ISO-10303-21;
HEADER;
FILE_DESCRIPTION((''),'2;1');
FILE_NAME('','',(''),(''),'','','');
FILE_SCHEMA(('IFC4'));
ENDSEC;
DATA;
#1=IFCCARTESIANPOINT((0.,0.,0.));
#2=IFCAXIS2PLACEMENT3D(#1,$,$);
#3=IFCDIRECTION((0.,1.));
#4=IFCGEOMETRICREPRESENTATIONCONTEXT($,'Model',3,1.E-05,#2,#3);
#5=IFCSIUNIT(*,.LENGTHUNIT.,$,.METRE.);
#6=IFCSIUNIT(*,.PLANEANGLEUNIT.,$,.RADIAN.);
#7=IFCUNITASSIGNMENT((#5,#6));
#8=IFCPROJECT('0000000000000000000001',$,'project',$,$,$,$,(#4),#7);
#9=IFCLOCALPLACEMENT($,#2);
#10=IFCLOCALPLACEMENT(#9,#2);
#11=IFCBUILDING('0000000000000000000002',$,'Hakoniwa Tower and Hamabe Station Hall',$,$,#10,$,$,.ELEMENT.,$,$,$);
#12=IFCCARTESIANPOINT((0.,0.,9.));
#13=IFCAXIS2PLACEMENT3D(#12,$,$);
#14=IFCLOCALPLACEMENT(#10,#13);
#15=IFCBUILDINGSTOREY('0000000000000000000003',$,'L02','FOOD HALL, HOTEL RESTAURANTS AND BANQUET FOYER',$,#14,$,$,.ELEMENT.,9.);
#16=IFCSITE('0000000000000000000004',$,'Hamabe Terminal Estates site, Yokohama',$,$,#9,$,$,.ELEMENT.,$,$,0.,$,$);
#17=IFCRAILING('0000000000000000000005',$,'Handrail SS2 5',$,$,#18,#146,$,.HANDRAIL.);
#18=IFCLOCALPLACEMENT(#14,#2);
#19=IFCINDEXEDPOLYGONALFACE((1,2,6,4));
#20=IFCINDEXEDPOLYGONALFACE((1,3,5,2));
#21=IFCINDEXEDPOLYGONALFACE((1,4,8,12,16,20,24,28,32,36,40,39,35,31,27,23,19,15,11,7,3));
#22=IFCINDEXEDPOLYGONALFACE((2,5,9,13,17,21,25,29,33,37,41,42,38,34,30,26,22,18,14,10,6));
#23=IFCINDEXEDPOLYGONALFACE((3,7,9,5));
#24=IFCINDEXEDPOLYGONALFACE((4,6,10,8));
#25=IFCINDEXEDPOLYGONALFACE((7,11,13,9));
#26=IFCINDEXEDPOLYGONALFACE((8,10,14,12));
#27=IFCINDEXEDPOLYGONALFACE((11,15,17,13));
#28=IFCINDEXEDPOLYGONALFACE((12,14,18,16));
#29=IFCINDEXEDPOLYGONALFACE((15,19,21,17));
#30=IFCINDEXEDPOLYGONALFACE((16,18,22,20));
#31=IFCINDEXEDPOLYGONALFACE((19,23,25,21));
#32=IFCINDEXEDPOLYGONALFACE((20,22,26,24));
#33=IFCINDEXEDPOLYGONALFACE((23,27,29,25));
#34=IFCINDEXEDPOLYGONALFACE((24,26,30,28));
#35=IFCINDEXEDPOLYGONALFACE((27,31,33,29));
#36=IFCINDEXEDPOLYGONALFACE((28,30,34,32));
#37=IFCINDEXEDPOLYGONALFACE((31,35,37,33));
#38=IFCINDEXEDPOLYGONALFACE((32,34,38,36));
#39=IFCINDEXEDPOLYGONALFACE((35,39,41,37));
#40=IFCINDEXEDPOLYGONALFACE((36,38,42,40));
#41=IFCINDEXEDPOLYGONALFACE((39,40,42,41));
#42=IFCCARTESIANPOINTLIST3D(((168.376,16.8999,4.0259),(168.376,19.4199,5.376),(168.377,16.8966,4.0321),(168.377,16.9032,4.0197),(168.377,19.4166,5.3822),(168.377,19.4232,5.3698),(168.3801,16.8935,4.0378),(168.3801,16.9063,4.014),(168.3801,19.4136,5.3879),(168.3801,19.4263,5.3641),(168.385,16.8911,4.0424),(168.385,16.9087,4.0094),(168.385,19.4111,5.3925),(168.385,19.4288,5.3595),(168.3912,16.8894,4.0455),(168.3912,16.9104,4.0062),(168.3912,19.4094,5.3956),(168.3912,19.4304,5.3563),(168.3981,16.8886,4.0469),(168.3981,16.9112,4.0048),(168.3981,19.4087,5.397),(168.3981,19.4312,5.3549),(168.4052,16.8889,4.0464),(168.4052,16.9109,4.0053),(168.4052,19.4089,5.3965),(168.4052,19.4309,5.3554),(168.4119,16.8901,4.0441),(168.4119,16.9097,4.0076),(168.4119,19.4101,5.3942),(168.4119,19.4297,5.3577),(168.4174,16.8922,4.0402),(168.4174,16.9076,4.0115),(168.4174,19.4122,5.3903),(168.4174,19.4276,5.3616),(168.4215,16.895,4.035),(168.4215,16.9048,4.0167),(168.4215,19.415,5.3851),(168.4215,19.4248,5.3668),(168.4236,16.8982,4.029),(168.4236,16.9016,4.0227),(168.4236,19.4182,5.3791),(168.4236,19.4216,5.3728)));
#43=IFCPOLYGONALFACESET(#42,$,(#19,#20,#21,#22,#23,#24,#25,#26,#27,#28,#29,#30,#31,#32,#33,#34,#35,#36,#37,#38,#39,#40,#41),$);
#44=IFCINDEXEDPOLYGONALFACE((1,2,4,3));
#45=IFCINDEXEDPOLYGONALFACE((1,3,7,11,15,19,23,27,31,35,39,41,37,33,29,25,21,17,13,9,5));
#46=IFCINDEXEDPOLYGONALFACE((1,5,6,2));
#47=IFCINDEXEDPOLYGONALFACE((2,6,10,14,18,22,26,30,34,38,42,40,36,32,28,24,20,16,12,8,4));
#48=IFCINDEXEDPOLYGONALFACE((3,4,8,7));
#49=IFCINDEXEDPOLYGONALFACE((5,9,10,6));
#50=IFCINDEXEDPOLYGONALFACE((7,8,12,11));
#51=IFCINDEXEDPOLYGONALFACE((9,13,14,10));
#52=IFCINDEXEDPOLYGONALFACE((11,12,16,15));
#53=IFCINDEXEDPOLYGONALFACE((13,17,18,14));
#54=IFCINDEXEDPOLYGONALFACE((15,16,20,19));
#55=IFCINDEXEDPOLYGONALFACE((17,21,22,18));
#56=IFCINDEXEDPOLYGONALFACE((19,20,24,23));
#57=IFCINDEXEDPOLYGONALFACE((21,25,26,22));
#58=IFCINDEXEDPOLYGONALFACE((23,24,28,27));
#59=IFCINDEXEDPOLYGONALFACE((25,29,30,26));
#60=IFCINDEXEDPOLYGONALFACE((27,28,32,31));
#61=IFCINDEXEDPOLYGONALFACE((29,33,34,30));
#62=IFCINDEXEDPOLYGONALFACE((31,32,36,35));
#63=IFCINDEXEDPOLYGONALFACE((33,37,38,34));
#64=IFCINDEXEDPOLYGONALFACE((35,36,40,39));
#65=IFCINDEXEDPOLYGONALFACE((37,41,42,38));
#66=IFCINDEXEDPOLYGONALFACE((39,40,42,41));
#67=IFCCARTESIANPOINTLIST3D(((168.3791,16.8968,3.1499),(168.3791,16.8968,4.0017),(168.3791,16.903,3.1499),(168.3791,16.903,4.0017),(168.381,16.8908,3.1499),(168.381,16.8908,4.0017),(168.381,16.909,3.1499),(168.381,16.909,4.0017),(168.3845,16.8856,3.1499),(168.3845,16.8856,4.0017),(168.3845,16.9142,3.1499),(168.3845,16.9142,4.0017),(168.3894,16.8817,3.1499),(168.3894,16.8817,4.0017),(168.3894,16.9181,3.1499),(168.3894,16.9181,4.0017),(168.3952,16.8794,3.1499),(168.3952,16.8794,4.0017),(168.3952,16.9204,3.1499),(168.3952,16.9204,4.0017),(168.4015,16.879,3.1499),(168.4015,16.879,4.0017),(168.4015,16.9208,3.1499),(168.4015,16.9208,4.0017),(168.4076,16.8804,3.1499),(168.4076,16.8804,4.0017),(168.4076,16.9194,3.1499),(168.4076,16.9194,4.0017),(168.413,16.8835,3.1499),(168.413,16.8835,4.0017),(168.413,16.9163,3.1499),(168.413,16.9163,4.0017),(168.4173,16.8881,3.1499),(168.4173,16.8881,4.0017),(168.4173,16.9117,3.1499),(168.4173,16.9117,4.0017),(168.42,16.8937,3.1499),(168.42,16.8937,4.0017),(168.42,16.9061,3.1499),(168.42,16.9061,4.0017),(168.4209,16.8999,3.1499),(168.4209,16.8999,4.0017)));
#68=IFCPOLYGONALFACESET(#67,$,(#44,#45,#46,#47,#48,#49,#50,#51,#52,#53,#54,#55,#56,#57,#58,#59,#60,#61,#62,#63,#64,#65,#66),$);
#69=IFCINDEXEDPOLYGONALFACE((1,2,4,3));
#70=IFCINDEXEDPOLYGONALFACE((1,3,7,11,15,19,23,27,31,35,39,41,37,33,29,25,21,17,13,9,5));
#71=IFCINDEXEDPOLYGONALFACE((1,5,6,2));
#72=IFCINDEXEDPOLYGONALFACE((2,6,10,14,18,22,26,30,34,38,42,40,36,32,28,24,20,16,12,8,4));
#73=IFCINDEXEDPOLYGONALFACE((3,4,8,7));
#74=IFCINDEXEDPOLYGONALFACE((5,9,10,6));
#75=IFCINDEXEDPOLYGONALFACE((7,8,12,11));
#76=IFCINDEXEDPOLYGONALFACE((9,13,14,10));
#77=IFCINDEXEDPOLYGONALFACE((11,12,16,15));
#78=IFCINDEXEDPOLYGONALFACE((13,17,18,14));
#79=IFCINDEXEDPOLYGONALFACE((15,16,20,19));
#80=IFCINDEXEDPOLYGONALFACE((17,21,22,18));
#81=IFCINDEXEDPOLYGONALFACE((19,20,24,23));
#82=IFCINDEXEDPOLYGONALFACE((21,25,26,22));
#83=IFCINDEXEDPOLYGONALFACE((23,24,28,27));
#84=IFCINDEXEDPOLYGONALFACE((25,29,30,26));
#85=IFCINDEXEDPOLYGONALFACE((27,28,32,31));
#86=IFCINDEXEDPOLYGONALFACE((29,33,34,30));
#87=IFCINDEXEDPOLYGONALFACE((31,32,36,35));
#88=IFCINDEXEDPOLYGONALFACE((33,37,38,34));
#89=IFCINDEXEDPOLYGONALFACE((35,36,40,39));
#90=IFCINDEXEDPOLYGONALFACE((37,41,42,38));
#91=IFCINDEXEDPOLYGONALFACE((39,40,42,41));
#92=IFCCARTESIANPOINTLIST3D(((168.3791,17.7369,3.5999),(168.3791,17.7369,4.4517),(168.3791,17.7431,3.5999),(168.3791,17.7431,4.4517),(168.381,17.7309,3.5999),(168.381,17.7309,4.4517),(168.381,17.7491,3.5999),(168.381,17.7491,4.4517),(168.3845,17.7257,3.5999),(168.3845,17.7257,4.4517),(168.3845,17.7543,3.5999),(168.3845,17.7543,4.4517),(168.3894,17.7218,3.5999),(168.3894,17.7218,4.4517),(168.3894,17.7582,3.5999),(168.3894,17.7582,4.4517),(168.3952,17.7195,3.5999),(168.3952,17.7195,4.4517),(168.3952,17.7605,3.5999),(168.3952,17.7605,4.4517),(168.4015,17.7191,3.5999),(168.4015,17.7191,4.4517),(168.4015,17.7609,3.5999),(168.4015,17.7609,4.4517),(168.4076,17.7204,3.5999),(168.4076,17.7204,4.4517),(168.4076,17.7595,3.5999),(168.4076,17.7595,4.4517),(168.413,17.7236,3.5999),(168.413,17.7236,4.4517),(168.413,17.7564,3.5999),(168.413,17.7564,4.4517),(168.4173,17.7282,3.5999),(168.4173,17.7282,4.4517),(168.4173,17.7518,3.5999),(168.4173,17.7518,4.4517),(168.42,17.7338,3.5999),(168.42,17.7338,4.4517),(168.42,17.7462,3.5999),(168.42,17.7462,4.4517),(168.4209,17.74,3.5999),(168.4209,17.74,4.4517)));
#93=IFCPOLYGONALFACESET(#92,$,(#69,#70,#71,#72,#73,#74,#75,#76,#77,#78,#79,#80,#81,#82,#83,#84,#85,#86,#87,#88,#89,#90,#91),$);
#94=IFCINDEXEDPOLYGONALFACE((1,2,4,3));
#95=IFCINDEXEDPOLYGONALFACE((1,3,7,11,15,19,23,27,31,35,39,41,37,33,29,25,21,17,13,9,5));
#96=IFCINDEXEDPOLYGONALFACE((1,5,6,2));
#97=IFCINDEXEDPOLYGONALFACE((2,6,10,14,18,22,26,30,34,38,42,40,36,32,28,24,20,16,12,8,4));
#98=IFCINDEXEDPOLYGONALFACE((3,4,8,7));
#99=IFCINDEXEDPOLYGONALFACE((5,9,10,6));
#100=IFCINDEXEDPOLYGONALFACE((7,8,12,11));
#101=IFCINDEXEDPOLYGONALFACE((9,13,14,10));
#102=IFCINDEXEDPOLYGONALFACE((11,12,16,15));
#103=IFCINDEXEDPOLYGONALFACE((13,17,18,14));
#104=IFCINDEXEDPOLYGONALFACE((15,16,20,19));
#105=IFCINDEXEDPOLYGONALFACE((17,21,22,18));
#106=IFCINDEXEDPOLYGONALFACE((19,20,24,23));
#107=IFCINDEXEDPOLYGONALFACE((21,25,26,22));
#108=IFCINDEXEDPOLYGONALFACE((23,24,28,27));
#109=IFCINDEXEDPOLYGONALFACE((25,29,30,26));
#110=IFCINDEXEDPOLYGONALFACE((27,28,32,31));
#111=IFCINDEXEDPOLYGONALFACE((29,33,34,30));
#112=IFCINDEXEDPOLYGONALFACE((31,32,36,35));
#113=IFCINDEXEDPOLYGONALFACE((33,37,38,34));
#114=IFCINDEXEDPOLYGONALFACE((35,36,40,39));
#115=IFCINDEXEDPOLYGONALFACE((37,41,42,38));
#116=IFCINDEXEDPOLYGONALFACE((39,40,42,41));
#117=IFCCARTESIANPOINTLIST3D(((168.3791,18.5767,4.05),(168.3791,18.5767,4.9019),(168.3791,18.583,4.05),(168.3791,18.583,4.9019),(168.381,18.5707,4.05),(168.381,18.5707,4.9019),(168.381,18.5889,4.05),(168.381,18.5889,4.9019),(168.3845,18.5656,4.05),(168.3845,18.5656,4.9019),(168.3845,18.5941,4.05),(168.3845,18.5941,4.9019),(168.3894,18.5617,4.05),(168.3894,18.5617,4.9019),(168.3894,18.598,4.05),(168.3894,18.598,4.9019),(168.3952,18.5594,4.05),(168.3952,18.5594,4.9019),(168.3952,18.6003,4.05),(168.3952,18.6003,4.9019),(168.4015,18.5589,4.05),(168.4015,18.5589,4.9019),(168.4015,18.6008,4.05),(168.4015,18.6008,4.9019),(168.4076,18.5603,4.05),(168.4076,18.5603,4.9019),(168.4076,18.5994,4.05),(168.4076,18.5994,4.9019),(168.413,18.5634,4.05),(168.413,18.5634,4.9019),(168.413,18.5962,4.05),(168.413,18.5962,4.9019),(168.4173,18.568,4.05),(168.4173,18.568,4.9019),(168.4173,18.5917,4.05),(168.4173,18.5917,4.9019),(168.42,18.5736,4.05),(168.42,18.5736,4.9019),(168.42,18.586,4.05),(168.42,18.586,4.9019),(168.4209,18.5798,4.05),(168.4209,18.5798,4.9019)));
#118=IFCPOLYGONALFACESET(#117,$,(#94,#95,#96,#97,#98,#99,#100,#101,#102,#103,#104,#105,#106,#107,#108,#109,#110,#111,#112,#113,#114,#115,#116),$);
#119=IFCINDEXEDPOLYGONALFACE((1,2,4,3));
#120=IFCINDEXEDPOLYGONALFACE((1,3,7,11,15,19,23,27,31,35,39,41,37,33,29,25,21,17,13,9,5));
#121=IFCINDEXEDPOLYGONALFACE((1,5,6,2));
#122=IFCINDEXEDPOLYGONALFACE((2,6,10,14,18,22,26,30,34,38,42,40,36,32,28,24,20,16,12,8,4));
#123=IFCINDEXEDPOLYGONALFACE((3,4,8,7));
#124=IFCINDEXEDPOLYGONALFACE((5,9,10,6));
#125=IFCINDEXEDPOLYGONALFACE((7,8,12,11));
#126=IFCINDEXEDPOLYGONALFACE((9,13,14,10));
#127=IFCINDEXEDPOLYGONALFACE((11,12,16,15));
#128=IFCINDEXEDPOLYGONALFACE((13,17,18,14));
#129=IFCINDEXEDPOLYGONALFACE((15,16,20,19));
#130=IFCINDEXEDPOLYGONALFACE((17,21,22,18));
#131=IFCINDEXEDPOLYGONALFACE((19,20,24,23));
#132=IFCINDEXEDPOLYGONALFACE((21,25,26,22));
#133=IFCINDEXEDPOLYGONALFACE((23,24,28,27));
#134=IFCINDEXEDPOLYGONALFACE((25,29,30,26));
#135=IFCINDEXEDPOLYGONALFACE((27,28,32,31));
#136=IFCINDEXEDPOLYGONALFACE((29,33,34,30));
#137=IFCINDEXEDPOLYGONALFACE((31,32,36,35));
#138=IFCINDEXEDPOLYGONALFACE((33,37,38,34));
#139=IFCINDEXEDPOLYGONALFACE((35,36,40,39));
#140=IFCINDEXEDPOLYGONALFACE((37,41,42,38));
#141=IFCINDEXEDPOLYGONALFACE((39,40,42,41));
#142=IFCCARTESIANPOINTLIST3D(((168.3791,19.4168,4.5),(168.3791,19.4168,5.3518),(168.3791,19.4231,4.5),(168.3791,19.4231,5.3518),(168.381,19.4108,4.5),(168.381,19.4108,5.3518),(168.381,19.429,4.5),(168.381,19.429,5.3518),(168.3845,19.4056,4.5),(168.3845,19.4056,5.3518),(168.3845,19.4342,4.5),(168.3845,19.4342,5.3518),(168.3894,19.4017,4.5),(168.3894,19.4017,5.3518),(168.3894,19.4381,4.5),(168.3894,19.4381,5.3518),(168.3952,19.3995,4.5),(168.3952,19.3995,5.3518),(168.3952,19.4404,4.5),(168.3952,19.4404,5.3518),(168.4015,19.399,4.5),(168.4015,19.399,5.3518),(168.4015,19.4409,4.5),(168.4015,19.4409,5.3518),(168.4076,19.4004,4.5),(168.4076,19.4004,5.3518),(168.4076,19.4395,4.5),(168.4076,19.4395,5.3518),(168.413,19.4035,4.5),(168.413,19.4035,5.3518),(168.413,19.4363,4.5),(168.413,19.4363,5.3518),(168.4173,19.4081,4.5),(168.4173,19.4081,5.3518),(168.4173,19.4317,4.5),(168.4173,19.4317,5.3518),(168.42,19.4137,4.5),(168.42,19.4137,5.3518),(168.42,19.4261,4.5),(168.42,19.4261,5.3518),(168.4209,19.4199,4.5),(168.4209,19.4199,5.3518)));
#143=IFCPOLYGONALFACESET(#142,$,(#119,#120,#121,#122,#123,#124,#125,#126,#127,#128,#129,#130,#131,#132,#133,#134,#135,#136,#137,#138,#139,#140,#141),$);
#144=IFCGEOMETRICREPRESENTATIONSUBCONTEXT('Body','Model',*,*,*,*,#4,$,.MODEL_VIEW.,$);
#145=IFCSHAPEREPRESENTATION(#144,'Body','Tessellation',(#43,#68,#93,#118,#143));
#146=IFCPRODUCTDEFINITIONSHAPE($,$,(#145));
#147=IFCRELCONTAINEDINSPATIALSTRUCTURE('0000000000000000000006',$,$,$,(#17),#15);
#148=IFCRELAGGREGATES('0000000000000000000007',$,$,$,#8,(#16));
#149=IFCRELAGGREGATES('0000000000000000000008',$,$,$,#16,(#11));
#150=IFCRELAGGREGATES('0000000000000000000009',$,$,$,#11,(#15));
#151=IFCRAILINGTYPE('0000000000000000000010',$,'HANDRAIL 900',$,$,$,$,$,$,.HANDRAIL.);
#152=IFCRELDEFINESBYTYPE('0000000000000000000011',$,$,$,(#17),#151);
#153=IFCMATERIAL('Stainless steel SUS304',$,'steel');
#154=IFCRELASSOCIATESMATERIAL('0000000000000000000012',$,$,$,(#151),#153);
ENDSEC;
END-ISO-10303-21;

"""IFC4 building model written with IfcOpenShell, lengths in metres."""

from ifc_helpers import new_model, si_unit, direction, frame, origin, origin_2d, place, context, subcontext, project, spatial, circle, extrude, material, type_object, element, save


model = new_model("IFC4")

# Units and contexts
model_context = context("Model", 3, precision=1e-05, world=origin(), true_north=direction((0.0, 1.0)))
body_context = subcontext(model_context, "Body", "Model", "MODEL_VIEW")
ifc_project = project(units=[si_unit("LENGTHUNIT", "METRE"), si_unit("PLANEANGLEUNIT", "RADIAN")], contexts=[model_context])

# Site, building, storey
site_placement = place(None, origin())
site = spatial("IfcSite", under=ifc_project, at=site_placement, Name="Hamabe Terminal Estates site, Yokohama", CompositionType="ELEMENT", RefElevation=0.0)
building_placement = place(site_placement, origin())
building = spatial("IfcBuilding", under=site, at=building_placement, Name="Hakoniwa Tower and Hamabe Station Hall", CompositionType="ELEMENT")
storey_placement = place(building_placement, frame((0.0, 0.0, 9.0)))
storey = spatial("IfcBuildingStorey", under=building, at=storey_placement, Name="L02", Description="FOOD HALL, HOTEL RESTAURANTS AND BANQUET FOYER", CompositionType="ELEMENT", Elevation=9.0)

# Railing
ifc_material_1 = material(Name="Stainless steel SUS304", Category="steel")
railing_type = type_object("IfcRailingType", Name="HANDRAIL 900", PredefinedType="HANDRAIL", material=ifc_material_1)
for number, where, name in (
    (1, (168.3999, 16.8999, 3.1499), "Handrail SS2 5"),
):
    element("IfcRailing", number, at=place(storey_placement, frame(where)), inside=storey, type_object=railing_type, Name=name, PredefinedType="HANDRAIL", context=body_context, shape_type="SweptSolid", body=[
        extrude(circle(Radius=0.0239, at=origin_2d()), frame((0.0, 0.0, 0.876), z_axis=(0.0, 0.881467, 0.472245), x_axis=(-1.0, 0.0, 0.0)), (0.0, 0.0, 1.0), 2.8589),
        extrude(circle(Radius=0.021, at=origin_2d()), origin(), (0.0, 0.0, 1.0), 0.8518),
        extrude(circle(Radius=0.021, at=origin_2d()), frame((0.0, 0.8401, 0.45)), (0.0, 0.0, 1.0), 0.8518),
        extrude(circle(Radius=0.021, at=origin_2d()), frame((0.0, 1.6799, 0.9001)), (0.0, 0.0, 1.0), 0.8518),
        extrude(circle(Radius=0.021, at=origin_2d()), frame((0.0, 2.52, 1.3501)), (0.0, 0.0, 1.0), 0.8518),
    ])

save(model, "model.ifc")
